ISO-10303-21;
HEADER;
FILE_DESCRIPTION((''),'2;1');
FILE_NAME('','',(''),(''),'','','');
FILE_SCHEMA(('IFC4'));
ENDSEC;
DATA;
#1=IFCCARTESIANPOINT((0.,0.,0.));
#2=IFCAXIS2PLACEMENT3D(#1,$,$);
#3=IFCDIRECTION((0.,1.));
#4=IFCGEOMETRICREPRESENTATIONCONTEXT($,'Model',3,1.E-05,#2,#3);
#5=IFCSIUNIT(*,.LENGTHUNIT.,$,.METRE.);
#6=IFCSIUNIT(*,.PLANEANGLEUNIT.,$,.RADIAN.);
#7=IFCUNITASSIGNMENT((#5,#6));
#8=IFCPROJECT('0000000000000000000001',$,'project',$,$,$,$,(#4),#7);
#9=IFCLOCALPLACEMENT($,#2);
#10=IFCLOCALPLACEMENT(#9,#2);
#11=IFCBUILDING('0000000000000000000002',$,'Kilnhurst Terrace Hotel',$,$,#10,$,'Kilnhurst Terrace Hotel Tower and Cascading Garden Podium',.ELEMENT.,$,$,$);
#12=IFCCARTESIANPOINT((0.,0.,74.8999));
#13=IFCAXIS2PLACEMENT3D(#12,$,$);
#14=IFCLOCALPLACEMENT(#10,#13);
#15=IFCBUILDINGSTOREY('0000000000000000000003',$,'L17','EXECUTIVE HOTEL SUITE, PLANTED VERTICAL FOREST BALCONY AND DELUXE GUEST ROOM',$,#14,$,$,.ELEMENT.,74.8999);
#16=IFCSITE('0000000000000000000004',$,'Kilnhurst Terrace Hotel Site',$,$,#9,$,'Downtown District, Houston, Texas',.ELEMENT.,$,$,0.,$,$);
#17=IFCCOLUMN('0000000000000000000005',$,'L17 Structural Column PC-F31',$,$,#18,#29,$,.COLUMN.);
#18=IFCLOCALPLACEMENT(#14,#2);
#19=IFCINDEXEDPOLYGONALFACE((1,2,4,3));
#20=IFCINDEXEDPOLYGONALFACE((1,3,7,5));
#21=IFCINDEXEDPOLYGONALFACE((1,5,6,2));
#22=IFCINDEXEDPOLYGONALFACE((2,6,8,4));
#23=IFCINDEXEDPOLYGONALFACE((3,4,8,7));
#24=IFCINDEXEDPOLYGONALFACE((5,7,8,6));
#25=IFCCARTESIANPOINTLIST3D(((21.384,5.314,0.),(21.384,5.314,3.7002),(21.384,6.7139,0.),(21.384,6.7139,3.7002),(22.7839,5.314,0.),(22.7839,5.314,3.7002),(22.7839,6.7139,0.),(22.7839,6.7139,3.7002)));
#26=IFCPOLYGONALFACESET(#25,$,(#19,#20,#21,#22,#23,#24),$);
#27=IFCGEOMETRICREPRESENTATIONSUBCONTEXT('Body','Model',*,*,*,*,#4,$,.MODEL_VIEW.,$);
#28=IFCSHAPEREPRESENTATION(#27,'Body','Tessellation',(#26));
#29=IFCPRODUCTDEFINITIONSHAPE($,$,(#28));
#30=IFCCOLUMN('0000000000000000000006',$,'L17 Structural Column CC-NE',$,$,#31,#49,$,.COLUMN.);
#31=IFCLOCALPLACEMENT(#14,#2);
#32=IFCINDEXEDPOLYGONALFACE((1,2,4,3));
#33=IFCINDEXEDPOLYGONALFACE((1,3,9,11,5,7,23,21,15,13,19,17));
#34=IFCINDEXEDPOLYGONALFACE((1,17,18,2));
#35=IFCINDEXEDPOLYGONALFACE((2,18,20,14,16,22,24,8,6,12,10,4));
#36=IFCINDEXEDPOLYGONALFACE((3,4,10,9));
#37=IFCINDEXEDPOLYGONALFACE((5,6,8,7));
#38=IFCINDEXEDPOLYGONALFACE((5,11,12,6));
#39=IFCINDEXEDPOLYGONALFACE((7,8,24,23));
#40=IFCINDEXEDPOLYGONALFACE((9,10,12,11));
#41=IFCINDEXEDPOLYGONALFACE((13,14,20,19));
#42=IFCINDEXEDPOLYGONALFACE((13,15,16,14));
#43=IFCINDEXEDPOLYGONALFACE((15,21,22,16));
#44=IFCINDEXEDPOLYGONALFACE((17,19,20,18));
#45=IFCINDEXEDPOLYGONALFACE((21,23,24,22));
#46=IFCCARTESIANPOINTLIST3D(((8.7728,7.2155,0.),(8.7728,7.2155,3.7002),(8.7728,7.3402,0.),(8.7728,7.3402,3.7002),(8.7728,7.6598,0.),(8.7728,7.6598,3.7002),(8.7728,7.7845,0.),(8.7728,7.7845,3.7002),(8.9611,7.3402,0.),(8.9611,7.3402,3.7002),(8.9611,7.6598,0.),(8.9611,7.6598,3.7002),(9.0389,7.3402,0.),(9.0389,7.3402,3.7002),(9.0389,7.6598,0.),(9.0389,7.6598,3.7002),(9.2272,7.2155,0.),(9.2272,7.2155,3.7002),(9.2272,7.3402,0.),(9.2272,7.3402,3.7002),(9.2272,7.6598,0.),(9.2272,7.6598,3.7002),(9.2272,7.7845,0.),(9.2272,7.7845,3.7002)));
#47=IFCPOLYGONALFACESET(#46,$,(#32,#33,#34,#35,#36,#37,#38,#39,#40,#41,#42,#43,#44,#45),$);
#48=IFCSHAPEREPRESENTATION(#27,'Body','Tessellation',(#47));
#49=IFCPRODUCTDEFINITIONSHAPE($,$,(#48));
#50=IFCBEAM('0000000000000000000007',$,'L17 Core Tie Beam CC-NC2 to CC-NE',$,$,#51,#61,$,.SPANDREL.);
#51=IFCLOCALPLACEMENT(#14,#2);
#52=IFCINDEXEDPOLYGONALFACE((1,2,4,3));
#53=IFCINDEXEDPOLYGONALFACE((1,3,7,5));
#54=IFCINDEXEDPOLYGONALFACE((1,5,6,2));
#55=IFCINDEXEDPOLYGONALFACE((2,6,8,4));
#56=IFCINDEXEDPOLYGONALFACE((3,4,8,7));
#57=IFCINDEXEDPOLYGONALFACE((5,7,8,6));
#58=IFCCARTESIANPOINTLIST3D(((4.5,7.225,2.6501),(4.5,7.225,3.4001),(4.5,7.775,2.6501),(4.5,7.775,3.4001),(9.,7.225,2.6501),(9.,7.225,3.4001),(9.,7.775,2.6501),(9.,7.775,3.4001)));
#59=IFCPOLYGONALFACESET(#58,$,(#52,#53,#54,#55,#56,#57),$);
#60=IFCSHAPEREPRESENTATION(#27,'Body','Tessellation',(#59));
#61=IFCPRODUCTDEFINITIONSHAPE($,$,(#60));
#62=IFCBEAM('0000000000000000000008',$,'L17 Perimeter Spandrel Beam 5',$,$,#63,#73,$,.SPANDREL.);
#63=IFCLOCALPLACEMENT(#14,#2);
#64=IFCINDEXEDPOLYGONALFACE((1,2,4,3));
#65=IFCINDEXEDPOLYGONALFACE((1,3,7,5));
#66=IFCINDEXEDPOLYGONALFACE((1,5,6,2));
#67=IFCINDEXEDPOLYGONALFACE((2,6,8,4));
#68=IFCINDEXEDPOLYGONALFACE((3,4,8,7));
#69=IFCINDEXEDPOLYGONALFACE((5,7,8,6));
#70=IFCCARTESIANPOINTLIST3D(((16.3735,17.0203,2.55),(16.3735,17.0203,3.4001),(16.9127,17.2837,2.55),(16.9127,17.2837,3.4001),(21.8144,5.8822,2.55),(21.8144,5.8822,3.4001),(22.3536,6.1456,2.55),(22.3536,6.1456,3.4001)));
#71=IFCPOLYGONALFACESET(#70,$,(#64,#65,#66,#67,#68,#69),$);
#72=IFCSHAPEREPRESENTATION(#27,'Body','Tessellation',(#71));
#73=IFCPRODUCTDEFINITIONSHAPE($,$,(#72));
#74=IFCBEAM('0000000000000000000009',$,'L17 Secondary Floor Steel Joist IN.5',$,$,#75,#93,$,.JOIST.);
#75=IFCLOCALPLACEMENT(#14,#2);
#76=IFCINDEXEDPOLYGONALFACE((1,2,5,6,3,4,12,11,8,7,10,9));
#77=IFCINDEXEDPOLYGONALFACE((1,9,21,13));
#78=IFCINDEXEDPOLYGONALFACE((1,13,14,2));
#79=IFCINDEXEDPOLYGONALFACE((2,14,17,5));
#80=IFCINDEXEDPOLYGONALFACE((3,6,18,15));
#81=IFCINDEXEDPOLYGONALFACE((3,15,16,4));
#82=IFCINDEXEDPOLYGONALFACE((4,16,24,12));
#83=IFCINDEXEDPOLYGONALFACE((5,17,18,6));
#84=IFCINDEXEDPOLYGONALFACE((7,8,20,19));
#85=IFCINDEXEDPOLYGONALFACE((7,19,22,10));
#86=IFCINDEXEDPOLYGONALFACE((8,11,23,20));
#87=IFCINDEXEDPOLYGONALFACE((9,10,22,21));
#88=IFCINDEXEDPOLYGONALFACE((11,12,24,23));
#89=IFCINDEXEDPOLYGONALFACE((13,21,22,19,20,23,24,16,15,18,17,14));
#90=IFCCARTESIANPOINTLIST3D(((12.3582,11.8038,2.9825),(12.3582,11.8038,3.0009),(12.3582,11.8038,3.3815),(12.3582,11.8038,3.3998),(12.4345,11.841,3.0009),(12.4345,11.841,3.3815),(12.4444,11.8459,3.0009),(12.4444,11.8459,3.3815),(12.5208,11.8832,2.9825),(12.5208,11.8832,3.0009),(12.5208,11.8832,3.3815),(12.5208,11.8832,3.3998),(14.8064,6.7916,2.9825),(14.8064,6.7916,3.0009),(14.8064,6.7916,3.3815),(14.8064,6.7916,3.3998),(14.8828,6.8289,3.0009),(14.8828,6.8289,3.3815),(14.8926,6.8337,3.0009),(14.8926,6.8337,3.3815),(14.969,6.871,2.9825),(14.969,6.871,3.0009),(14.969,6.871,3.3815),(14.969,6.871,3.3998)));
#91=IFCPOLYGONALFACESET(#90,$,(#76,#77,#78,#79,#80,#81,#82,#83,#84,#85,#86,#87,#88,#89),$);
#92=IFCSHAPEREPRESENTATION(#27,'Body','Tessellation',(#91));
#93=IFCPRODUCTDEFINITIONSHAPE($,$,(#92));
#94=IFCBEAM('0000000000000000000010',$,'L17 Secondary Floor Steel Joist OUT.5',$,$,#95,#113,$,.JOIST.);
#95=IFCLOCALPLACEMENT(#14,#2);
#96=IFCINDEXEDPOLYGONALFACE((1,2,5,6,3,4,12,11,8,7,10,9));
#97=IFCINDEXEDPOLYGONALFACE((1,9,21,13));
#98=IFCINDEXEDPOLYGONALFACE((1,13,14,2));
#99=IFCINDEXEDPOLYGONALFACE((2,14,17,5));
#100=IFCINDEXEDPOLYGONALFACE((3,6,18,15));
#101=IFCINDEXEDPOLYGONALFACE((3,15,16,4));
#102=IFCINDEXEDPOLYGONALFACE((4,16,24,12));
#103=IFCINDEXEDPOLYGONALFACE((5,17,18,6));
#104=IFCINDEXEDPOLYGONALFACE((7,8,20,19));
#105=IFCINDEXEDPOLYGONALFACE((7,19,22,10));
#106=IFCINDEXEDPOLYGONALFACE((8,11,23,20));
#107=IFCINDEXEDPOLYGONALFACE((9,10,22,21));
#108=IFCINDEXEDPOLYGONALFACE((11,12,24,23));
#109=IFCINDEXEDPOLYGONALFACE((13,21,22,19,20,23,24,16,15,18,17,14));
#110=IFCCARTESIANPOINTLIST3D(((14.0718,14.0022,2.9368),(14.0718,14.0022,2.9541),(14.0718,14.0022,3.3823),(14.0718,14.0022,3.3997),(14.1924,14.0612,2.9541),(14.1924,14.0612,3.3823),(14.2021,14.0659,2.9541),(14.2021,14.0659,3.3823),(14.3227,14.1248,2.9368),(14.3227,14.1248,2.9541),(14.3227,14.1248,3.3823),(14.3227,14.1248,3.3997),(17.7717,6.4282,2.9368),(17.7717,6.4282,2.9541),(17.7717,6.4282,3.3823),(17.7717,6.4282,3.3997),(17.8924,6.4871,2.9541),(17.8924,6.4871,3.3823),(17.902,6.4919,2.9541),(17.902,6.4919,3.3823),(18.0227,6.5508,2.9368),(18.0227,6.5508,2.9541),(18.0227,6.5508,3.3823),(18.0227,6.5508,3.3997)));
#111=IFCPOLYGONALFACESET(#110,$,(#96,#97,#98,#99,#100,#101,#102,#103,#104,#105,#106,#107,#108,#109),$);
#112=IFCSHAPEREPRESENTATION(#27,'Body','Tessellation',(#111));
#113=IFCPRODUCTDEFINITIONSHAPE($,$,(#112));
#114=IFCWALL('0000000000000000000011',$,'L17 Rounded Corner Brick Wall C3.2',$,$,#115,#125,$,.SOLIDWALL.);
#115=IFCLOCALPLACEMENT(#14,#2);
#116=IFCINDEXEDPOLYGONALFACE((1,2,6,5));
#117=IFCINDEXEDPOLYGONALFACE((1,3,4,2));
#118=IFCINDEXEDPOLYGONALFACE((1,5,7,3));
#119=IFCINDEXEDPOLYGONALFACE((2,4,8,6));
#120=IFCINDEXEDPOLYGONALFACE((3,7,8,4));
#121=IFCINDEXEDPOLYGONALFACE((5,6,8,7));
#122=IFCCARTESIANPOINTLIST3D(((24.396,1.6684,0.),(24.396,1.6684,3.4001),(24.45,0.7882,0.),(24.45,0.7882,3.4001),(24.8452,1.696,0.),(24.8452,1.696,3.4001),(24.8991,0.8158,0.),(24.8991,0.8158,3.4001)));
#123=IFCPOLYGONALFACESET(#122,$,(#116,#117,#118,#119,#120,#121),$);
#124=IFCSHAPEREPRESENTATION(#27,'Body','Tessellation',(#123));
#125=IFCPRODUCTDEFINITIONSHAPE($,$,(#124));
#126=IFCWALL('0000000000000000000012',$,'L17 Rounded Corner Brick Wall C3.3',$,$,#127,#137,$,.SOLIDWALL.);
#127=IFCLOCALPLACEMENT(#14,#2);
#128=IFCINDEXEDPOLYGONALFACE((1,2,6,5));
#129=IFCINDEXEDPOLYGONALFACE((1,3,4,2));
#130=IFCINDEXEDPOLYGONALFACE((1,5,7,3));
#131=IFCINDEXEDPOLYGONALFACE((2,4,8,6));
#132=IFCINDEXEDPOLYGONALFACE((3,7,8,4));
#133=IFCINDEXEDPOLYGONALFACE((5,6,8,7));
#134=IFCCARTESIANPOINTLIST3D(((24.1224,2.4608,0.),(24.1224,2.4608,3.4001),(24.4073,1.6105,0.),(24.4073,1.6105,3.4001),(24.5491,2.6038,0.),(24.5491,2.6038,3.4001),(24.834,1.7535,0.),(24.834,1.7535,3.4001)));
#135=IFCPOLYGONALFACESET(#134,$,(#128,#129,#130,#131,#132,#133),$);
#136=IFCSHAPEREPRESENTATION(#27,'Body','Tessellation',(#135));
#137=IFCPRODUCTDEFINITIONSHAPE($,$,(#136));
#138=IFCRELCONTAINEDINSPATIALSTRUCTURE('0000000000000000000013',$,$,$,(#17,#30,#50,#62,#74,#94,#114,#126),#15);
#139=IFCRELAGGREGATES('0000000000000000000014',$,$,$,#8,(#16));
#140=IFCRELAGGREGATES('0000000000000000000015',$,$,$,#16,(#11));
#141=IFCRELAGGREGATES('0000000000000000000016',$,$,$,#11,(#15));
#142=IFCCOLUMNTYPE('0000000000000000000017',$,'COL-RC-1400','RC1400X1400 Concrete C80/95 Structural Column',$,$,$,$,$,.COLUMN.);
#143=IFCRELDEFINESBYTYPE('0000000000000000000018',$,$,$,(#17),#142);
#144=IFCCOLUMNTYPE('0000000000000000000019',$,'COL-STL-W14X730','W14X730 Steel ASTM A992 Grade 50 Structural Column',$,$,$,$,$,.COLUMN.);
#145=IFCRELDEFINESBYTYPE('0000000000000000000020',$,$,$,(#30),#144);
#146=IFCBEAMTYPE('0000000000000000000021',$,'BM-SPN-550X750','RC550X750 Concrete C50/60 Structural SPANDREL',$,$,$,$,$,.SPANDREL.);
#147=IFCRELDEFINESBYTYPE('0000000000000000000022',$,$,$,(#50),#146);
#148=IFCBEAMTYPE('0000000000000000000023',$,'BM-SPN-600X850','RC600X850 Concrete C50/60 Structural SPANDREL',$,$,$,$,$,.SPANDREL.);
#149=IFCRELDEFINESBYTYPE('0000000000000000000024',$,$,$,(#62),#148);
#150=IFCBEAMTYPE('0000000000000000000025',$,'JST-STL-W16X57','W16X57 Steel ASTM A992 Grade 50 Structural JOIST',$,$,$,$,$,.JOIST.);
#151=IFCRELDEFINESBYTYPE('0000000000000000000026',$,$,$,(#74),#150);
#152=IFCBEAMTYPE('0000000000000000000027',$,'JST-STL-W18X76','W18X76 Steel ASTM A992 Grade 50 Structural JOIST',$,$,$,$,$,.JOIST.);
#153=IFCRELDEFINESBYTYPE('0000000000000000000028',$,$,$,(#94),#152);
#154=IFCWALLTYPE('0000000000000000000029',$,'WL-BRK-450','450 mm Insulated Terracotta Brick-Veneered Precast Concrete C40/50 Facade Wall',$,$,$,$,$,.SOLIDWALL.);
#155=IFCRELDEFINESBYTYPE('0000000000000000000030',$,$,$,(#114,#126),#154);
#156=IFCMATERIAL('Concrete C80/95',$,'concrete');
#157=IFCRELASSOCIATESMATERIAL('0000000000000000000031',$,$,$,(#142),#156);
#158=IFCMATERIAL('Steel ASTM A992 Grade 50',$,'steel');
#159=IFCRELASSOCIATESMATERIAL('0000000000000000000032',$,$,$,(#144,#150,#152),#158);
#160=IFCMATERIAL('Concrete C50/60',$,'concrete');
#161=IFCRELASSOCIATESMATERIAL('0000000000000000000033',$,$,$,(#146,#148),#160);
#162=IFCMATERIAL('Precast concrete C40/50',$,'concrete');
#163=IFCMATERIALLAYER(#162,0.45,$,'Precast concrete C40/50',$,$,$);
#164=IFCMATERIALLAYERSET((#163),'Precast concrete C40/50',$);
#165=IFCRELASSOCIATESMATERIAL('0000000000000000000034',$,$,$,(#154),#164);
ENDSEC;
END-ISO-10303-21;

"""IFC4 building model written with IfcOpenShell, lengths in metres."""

from ifc_helpers import new_model, si_unit, direction, frame, frame_2d, origin, origin_2d, place, context, subcontext, project, spatial, rectangle, i_section, extrude, material, layer, layer_set, material_profile, profile_set, type_object, element, save


model = new_model("IFC4")

# Units and contexts
model_context = context("Model", 3, precision=1e-05, world=origin(), true_north=direction((0.0, 1.0)))
body_context = subcontext(model_context, "Body", "Model", "MODEL_VIEW")
ifc_project = project(units=[si_unit("LENGTHUNIT", "METRE"), si_unit("PLANEANGLEUNIT", "RADIAN")], contexts=[model_context])

# Site, building, storey
site_placement = place(None, origin())
site = spatial("IfcSite", under=ifc_project, at=site_placement, Name="Kilnhurst Terrace Hotel Site", LongName="Downtown District, Houston, Texas", CompositionType="ELEMENT", RefElevation=0.0)
building_placement = place(site_placement, origin())
building = spatial("IfcBuilding", under=site, at=building_placement, Name="Kilnhurst Terrace Hotel", LongName="Kilnhurst Terrace Hotel Tower and Cascading Garden Podium", CompositionType="ELEMENT")
storey_placement = place(building_placement, frame((0.0, 0.0, 74.8999)))
storey = spatial("IfcBuildingStorey", under=building, at=storey_placement, Name="L17", Description="EXECUTIVE HOTEL SUITE, PLANTED VERTICAL FOREST BALCONY AND DELUXE GUEST ROOM", CompositionType="ELEMENT", Elevation=74.8999)

# Columns
ifc_material_1 = material(Name="Concrete C80/95", Category="concrete")
ifc_material_profile_1 = material_profile(ifc_material_1, rectangle(XDim=1.3999, YDim=1.3999, at=origin_2d()), Name="RC1400X1400")
ifc_profile_set_1 = profile_set([ifc_material_profile_1], Name="Concrete C80/95")
column_type_1 = type_object("IfcColumnType", Name="COL-RC-1400", Description="RC1400X1400 Concrete C80/95 Structural Column", PredefinedType="COLUMN", material=ifc_profile_set_1)
column_1_placement = place(storey_placement, frame((22.084, 6.0139, 0.0), z_axis=(0.0, 0.0, 1.0), x_axis=(1.0, 0.0, 0.0)))
element("IfcColumn", 1, at=column_1_placement, inside=storey, type_object=column_type_1, Name="L17 Structural Column PC-F31", PredefinedType="COLUMN", context=body_context, shape_type="SweptSolid", body=[
    extrude(rectangle(XDim=1.3999, YDim=1.3999, at=origin_2d()), origin(), (0.0, 0.0, 1.0), 3.7002),
])
ifc_material_2 = material(Name="Steel ASTM A992 Grade 50", Category="steel")
ifc_material_profile_2 = material_profile(ifc_material_2, i_section(OverallWidth=0.4543, OverallDepth=0.5691, WebThickness=0.0779, FlangeThickness=0.1248, at=origin_2d()), Name="W14X730")
ifc_profile_set_2 = profile_set([ifc_material_profile_2], Name="Steel ASTM A992 Grade 50")
column_type_2 = type_object("IfcColumnType", Name="COL-STL-W14X730", Description="W14X730 Steel ASTM A992 Grade 50 Structural Column", PredefinedType="COLUMN", material=ifc_profile_set_2)
column_2_placement = place(storey_placement, frame((9.0, 7.5, 0.0), z_axis=(0.0, 0.0, 1.0), x_axis=(1.0, 0.0, 0.0)))
element("IfcColumn", 2, at=column_2_placement, inside=storey, type_object=column_type_2, Name="L17 Structural Column CC-NE", PredefinedType="COLUMN", context=body_context, shape_type="SweptSolid", body=[
    extrude(i_section(OverallWidth=0.4543, OverallDepth=0.5691, WebThickness=0.0779, FlangeThickness=0.1248, at=origin_2d()), origin(), (0.0, 0.0, 1.0), 3.7002),
])

# Beams
ifc_material_3 = material(Name="Concrete C50/60", Category="concrete")
ifc_material_profile_3 = material_profile(ifc_material_3, rectangle(XDim=0.55, YDim=0.75, at=origin_2d()), Name="RC550X750")
ifc_profile_set_3 = profile_set([ifc_material_profile_3], Name="Concrete C50/60")
beam_type_1 = type_object("IfcBeamType", Name="BM-SPN-550X750", Description="RC550X750 Concrete C50/60 Structural SPANDREL", PredefinedType="SPANDREL", material=ifc_profile_set_3)
beam_1_placement = place(storey_placement, frame((4.5, 7.5, 3.0251), z_axis=(1.0, 0.0, 0.0), x_axis=(0.0, 1.0, 0.0)))
element("IfcBeam", 3, at=beam_1_placement, inside=storey, type_object=beam_type_1, Name="L17 Core Tie Beam CC-NC2 to CC-NE", PredefinedType="SPANDREL", context=body_context, shape_type="SweptSolid", body=[
    extrude(rectangle(XDim=0.55, YDim=0.75, at=origin_2d()), origin(), (0.0, 0.0, 1.0), 4.5),
])
ifc_material_profile_4 = material_profile(ifc_material_3, rectangle(XDim=0.6001, YDim=0.8501, at=origin_2d()), Name="RC600X850")
ifc_profile_set_4 = profile_set([ifc_material_profile_4], Name="Concrete C50/60")
beam_type_2 = type_object("IfcBeamType", Name="BM-SPN-600X850", Description="RC600X850 Concrete C50/60 Structural SPANDREL", PredefinedType="SPANDREL", material=ifc_profile_set_4)
beam_2_placement = place(storey_placement, frame((22.084, 6.0139, 2.9751), z_axis=(-0.438923, 0.898525, 0.0), x_axis=(-0.898525, -0.438923, 0.0)))
element("IfcBeam", 4, at=beam_2_placement, inside=storey, type_object=beam_type_2, Name="L17 Perimeter Spandrel Beam 5", PredefinedType="SPANDREL", context=body_context, shape_type="SweptSolid", body=[
    extrude(rectangle(XDim=0.6001, YDim=0.8501, at=origin_2d()), origin(), (0.0, 0.0, 1.0), 12.396),
])
ifc_material_profile_5 = material_profile(ifc_material_2, i_section(OverallWidth=0.1809, OverallDepth=0.4172, WebThickness=0.011, FlangeThickness=0.0183, at=origin_2d()), Name="W16X57")
ifc_profile_set_5 = profile_set([ifc_material_profile_5], Name="Steel ASTM A992 Grade 50")
beam_type_3 = type_object("IfcBeamType", Name="JST-STL-W16X57", Description="W16X57 Steel ASTM A992 Grade 50 Structural JOIST", PredefinedType="JOIST", material=ifc_profile_set_5)
beam_3_placement = place(storey_placement, frame((14.8877, 6.8313, 3.1912), z_axis=(-0.438896, 0.898538, 0.0), x_axis=(-0.898538, -0.438896, 0.0)))
element("IfcBeam", 5, at=beam_3_placement, inside=storey, type_object=beam_type_3, Name="L17 Secondary Floor Steel Joist IN.5", PredefinedType="JOIST", context=body_context, shape_type="SweptSolid", body=[
    extrude(i_section(OverallWidth=0.1809, OverallDepth=0.4172, WebThickness=0.011, FlangeThickness=0.0183, at=origin_2d()), origin(), (0.0, 0.0, 1.0), 5.5781),
])
ifc_material_profile_6 = material_profile(ifc_material_2, i_section(OverallWidth=0.2793, OverallDepth=0.4629, WebThickness=0.0107, FlangeThickness=0.0173, at=origin_2d()), Name="W18X76")
ifc_profile_set_6 = profile_set([ifc_material_profile_6], Name="Steel ASTM A992 Grade 50")
beam_type_4 = type_object("IfcBeamType", Name="JST-STL-W18X76", Description="W18X76 Steel ASTM A992 Grade 50 Structural JOIST", PredefinedType="JOIST", material=ifc_profile_set_6)
beam_4_placement = place(storey_placement, frame((17.8972, 6.4895, 3.1682), z_axis=(-0.438934, 0.898519, 0.0), x_axis=(-0.898519, -0.438934, 0.0)))
element("IfcBeam", 6, at=beam_4_placement, inside=storey, type_object=beam_type_4, Name="L17 Secondary Floor Steel Joist OUT.5", PredefinedType="JOIST", context=body_context, shape_type="SweptSolid", body=[
    extrude(i_section(OverallWidth=0.2793, OverallDepth=0.4629, WebThickness=0.0107, FlangeThickness=0.0173, at=origin_2d()), origin(), (0.0, 0.0, 1.0), 8.4294),
])

# Walls
ifc_material_4 = material(Name="Precast concrete C40/50", Category="concrete")
ifc_layer_1 = layer(ifc_material_4, 0.45, Name="Precast concrete C40/50")
ifc_layer_set_1 = layer_set([ifc_layer_1], Name="Precast concrete C40/50")
wall_type_1 = type_object("IfcWallType", Name="WL-BRK-450", Description="450 mm Insulated Terracotta Brick-Veneered Precast Concrete C40/50 Facade Wall", PredefinedType="SOLIDWALL", material=ifc_layer_set_1)
wall_1_placement = place(storey_placement, frame((24.6746, 0.802, 0.0), z_axis=(0.0, 0.0, 1.0), x_axis=(-0.061189, 0.998126, 0.0)))
element("IfcWall", 7, at=wall_1_placement, inside=storey, type_object=wall_type_1, Name="L17 Rounded Corner Brick Wall C3.2", PredefinedType="SOLIDWALL", context=body_context, shape_type="SweptSolid", body=[
    extrude(rectangle(XDim=0.8818, YDim=0.45, at=frame_2d((0.4409, 0.0))), origin(), (0.0, 0.0, 1.0), 3.4001),
])
wall_2_placement = place(storey_placement, frame((24.6206, 1.6821, 0.0), z_axis=(0.0, 0.0, 1.0), x_axis=(-0.317697, 0.948192, 0.0)))
element("IfcWall", 8, at=wall_2_placement, inside=storey, type_object=wall_type_1, Name="L17 Rounded Corner Brick Wall C3.3", PredefinedType="SOLIDWALL", context=body_context, shape_type="SweptSolid", body=[
    extrude(rectangle(XDim=0.8967, YDim=0.45, at=frame_2d((0.4482, 0.0))), origin(), (0.0, 0.0, 1.0), 3.4001),
])

save(model, "model.ifc")
